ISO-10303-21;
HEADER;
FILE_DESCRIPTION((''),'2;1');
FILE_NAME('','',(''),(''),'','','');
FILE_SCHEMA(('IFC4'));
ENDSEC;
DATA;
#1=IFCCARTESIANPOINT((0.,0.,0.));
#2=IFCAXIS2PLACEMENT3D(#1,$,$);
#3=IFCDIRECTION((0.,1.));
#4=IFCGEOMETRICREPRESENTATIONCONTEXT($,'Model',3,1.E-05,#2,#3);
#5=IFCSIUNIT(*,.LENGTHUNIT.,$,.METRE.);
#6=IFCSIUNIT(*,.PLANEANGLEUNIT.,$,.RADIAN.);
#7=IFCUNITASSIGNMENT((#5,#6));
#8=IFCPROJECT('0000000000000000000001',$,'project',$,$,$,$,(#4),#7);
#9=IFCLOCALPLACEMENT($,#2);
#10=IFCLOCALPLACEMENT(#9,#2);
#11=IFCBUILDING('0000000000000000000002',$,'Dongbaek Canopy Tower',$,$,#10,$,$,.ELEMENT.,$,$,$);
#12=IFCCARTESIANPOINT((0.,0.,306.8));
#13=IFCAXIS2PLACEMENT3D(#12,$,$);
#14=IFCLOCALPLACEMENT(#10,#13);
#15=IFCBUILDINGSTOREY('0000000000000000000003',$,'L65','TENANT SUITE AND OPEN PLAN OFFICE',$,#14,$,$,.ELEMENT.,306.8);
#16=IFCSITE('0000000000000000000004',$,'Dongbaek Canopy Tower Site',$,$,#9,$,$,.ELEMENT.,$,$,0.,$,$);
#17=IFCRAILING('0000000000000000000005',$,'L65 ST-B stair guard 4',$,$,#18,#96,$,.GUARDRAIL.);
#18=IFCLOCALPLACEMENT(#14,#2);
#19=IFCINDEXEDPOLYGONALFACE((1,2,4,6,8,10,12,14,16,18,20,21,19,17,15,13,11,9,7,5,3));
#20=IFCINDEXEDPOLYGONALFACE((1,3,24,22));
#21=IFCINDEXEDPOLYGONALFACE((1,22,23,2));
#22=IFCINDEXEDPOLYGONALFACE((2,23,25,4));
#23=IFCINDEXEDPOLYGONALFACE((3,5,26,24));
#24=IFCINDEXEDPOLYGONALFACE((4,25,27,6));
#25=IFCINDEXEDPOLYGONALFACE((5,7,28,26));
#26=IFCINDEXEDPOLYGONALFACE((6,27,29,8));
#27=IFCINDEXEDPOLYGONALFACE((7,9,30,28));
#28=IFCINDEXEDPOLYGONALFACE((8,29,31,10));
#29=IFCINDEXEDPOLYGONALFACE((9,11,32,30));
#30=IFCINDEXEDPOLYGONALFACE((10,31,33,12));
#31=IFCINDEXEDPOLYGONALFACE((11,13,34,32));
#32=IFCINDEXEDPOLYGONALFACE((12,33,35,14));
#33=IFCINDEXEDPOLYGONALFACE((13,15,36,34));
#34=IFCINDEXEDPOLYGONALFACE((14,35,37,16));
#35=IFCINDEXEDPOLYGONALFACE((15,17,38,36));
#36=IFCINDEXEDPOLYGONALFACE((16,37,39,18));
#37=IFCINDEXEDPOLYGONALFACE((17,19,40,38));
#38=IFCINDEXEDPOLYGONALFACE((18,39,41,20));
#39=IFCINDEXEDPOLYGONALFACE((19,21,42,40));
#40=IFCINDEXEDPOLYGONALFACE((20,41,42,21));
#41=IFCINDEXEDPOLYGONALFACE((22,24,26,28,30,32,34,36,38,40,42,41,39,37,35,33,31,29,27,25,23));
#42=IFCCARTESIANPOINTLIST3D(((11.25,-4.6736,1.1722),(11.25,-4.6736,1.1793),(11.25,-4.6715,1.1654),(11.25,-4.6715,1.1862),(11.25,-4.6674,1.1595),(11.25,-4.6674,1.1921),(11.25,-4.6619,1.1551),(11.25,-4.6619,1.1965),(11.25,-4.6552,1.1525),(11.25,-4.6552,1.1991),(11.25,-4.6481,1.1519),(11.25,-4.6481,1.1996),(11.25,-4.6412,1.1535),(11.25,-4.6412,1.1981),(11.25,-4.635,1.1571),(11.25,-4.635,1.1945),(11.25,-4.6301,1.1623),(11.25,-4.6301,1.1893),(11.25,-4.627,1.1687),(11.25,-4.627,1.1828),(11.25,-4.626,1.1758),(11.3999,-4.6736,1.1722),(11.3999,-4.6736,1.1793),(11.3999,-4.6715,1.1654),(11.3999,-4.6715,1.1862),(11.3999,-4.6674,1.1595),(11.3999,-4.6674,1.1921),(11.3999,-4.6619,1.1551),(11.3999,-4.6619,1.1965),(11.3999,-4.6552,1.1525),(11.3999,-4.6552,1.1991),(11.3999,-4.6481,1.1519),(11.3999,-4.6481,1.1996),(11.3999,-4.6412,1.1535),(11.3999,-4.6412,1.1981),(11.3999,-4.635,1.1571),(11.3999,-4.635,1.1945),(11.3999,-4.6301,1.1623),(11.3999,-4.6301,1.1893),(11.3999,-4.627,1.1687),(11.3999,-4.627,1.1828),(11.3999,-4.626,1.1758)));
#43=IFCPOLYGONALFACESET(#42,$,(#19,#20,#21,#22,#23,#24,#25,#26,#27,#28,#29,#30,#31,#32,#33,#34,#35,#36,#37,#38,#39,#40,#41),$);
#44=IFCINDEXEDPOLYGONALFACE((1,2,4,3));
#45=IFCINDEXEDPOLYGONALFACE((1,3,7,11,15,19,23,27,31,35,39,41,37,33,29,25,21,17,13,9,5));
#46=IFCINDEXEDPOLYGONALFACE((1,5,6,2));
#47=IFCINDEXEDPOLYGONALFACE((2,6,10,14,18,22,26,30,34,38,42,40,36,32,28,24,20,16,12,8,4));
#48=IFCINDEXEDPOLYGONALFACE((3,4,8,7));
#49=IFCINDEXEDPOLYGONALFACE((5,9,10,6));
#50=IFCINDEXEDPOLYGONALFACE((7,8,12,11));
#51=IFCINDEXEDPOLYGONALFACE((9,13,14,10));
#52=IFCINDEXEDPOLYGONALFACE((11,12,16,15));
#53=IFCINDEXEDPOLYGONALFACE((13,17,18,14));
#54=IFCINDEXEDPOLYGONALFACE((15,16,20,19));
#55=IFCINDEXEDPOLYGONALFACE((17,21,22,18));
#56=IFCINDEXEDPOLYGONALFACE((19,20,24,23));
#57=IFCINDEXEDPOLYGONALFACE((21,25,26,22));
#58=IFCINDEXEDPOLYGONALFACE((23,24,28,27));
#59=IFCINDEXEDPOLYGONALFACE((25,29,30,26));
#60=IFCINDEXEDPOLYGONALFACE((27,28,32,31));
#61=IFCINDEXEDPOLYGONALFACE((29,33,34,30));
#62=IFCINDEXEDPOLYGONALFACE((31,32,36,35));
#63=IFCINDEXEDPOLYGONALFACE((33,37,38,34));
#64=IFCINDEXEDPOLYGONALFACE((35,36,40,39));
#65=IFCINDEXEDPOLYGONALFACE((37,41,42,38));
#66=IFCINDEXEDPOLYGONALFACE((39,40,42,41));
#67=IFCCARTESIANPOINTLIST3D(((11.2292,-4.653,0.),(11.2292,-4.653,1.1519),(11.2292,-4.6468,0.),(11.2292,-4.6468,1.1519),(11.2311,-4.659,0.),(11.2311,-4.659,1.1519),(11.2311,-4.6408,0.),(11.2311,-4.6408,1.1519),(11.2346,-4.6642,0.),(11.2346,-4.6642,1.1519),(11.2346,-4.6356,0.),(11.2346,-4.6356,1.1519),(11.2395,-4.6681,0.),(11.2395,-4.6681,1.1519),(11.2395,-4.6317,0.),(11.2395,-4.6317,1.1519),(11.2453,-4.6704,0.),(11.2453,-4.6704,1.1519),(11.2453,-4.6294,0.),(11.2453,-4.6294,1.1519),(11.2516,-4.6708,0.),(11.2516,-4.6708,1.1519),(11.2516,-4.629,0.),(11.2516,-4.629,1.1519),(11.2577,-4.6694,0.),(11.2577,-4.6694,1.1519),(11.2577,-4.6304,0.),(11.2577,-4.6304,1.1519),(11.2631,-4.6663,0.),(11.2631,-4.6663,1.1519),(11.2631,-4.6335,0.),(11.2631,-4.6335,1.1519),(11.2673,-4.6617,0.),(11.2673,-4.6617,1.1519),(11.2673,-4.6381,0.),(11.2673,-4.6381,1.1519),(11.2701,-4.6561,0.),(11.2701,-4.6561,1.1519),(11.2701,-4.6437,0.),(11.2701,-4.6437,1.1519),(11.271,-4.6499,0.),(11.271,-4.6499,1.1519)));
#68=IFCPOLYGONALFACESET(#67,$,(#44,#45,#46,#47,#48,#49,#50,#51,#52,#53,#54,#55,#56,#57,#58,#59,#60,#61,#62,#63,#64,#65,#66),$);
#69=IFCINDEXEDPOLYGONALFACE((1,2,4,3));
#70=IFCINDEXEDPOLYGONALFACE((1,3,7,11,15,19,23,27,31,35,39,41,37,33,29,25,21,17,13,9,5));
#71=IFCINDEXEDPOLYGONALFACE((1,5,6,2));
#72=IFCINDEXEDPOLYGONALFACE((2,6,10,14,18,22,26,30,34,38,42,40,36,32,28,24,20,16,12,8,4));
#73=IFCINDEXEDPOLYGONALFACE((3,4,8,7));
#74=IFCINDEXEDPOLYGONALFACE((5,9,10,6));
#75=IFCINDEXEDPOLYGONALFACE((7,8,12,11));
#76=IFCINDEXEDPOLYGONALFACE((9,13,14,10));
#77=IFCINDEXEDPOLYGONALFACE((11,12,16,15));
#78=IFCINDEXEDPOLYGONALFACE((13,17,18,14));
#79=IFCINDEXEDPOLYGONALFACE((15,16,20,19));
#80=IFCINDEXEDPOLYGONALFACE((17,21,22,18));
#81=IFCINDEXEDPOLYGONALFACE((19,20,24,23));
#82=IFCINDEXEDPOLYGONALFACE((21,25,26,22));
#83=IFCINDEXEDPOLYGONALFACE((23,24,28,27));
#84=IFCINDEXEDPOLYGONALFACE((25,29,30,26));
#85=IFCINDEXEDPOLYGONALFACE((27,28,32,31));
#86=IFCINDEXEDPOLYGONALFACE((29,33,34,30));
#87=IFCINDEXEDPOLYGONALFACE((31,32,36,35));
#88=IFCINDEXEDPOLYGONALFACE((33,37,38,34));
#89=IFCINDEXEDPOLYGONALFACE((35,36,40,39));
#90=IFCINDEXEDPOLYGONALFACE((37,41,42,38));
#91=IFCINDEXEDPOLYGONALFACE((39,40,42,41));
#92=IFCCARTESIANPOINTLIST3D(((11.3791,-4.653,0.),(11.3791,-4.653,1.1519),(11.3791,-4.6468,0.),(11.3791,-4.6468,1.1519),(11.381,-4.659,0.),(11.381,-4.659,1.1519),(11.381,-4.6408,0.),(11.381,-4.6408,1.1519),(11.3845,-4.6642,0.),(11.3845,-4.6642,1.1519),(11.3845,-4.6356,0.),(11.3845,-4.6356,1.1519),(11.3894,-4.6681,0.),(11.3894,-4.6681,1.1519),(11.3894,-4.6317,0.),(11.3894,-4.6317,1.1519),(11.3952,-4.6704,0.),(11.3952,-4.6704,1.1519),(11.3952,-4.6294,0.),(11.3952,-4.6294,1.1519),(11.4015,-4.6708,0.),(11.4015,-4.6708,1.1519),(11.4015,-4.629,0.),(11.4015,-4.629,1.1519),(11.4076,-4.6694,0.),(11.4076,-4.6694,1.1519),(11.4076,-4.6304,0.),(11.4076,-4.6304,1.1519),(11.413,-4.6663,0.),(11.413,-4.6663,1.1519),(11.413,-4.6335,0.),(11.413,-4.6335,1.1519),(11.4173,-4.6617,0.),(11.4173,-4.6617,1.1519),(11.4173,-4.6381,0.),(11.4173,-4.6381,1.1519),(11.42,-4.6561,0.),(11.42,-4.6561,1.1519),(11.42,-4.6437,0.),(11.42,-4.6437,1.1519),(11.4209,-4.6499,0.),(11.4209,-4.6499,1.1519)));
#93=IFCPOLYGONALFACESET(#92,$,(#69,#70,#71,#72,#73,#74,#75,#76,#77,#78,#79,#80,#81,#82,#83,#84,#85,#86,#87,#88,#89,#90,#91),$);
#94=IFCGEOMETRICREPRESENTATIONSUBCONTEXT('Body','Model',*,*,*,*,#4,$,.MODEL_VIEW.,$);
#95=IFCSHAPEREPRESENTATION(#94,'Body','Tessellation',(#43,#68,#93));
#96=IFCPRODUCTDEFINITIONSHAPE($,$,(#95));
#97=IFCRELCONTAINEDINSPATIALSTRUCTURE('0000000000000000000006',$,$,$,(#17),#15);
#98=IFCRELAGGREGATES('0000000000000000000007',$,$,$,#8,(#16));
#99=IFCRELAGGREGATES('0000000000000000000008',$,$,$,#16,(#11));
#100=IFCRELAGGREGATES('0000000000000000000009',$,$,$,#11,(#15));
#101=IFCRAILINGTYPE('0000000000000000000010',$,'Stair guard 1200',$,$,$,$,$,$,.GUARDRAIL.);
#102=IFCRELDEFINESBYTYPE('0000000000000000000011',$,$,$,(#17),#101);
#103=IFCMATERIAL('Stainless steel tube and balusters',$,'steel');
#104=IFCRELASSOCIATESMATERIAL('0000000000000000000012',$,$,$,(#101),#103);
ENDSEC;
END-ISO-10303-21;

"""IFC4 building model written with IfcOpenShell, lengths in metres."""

from ifc_helpers import new_model, si_unit, direction, frame, origin, origin_2d, place, context, subcontext, project, spatial, circle, extrude, material, type_object, element, save


model = new_model("IFC4")

# Units and contexts
model_context = context("Model", 3, precision=1e-05, world=origin(), true_north=direction((0.0, 1.0)))
body_context = subcontext(model_context, "Body", "Model", "MODEL_VIEW")
ifc_project = project(units=[si_unit("LENGTHUNIT", "METRE"), si_unit("PLANEANGLEUNIT", "RADIAN")], contexts=[model_context])

# Site, building, storey
site_placement = place(None, origin())
site = spatial("IfcSite", under=ifc_project, at=site_placement, Name="Dongbaek Canopy Tower Site", CompositionType="ELEMENT", RefElevation=0.0)
building_placement = place(site_placement, origin())
building = spatial("IfcBuilding", under=site, at=building_placement, Name="Dongbaek Canopy Tower", CompositionType="ELEMENT")
storey_placement = place(building_placement, frame((0.0, 0.0, 306.8)))
storey = spatial("IfcBuildingStorey", under=building, at=storey_placement, Name="L65", Description="TENANT SUITE AND OPEN PLAN OFFICE", CompositionType="ELEMENT", Elevation=306.8)

# Railing
ifc_material_1 = material(Name="Stainless steel tube and balusters", Category="steel")
railing_type_1 = type_object("IfcRailingType", Name="Stair guard 1200", PredefinedType="GUARDRAIL", material=ifc_material_1)
railing_1_placement = place(storey_placement, frame((11.25, -4.6499, 0.0)))
element("IfcRailing", 1, at=railing_1_placement, inside=storey, type_object=railing_type_1, Name="L65 ST-B stair guard 4", PredefinedType="GUARDRAIL", context=body_context, shape_type="SweptSolid", body=[
    extrude(circle(Radius=0.0239, at=origin_2d()), frame((0.0, 0.0, 1.1758), z_axis=(1.0, 0.0, 0.0), x_axis=(0.0, 1.0, 0.0)), (0.0, 0.0, 1.0), 0.1499),
    extrude(circle(Radius=0.021, at=origin_2d()), origin(), (0.0, 0.0, 1.0), 1.1519),
    extrude(circle(Radius=0.021, at=origin_2d()), frame((0.1499, 0.0, 0.0)), (0.0, 0.0, 1.0), 1.1519),
])

save(model, "model.ifc")
